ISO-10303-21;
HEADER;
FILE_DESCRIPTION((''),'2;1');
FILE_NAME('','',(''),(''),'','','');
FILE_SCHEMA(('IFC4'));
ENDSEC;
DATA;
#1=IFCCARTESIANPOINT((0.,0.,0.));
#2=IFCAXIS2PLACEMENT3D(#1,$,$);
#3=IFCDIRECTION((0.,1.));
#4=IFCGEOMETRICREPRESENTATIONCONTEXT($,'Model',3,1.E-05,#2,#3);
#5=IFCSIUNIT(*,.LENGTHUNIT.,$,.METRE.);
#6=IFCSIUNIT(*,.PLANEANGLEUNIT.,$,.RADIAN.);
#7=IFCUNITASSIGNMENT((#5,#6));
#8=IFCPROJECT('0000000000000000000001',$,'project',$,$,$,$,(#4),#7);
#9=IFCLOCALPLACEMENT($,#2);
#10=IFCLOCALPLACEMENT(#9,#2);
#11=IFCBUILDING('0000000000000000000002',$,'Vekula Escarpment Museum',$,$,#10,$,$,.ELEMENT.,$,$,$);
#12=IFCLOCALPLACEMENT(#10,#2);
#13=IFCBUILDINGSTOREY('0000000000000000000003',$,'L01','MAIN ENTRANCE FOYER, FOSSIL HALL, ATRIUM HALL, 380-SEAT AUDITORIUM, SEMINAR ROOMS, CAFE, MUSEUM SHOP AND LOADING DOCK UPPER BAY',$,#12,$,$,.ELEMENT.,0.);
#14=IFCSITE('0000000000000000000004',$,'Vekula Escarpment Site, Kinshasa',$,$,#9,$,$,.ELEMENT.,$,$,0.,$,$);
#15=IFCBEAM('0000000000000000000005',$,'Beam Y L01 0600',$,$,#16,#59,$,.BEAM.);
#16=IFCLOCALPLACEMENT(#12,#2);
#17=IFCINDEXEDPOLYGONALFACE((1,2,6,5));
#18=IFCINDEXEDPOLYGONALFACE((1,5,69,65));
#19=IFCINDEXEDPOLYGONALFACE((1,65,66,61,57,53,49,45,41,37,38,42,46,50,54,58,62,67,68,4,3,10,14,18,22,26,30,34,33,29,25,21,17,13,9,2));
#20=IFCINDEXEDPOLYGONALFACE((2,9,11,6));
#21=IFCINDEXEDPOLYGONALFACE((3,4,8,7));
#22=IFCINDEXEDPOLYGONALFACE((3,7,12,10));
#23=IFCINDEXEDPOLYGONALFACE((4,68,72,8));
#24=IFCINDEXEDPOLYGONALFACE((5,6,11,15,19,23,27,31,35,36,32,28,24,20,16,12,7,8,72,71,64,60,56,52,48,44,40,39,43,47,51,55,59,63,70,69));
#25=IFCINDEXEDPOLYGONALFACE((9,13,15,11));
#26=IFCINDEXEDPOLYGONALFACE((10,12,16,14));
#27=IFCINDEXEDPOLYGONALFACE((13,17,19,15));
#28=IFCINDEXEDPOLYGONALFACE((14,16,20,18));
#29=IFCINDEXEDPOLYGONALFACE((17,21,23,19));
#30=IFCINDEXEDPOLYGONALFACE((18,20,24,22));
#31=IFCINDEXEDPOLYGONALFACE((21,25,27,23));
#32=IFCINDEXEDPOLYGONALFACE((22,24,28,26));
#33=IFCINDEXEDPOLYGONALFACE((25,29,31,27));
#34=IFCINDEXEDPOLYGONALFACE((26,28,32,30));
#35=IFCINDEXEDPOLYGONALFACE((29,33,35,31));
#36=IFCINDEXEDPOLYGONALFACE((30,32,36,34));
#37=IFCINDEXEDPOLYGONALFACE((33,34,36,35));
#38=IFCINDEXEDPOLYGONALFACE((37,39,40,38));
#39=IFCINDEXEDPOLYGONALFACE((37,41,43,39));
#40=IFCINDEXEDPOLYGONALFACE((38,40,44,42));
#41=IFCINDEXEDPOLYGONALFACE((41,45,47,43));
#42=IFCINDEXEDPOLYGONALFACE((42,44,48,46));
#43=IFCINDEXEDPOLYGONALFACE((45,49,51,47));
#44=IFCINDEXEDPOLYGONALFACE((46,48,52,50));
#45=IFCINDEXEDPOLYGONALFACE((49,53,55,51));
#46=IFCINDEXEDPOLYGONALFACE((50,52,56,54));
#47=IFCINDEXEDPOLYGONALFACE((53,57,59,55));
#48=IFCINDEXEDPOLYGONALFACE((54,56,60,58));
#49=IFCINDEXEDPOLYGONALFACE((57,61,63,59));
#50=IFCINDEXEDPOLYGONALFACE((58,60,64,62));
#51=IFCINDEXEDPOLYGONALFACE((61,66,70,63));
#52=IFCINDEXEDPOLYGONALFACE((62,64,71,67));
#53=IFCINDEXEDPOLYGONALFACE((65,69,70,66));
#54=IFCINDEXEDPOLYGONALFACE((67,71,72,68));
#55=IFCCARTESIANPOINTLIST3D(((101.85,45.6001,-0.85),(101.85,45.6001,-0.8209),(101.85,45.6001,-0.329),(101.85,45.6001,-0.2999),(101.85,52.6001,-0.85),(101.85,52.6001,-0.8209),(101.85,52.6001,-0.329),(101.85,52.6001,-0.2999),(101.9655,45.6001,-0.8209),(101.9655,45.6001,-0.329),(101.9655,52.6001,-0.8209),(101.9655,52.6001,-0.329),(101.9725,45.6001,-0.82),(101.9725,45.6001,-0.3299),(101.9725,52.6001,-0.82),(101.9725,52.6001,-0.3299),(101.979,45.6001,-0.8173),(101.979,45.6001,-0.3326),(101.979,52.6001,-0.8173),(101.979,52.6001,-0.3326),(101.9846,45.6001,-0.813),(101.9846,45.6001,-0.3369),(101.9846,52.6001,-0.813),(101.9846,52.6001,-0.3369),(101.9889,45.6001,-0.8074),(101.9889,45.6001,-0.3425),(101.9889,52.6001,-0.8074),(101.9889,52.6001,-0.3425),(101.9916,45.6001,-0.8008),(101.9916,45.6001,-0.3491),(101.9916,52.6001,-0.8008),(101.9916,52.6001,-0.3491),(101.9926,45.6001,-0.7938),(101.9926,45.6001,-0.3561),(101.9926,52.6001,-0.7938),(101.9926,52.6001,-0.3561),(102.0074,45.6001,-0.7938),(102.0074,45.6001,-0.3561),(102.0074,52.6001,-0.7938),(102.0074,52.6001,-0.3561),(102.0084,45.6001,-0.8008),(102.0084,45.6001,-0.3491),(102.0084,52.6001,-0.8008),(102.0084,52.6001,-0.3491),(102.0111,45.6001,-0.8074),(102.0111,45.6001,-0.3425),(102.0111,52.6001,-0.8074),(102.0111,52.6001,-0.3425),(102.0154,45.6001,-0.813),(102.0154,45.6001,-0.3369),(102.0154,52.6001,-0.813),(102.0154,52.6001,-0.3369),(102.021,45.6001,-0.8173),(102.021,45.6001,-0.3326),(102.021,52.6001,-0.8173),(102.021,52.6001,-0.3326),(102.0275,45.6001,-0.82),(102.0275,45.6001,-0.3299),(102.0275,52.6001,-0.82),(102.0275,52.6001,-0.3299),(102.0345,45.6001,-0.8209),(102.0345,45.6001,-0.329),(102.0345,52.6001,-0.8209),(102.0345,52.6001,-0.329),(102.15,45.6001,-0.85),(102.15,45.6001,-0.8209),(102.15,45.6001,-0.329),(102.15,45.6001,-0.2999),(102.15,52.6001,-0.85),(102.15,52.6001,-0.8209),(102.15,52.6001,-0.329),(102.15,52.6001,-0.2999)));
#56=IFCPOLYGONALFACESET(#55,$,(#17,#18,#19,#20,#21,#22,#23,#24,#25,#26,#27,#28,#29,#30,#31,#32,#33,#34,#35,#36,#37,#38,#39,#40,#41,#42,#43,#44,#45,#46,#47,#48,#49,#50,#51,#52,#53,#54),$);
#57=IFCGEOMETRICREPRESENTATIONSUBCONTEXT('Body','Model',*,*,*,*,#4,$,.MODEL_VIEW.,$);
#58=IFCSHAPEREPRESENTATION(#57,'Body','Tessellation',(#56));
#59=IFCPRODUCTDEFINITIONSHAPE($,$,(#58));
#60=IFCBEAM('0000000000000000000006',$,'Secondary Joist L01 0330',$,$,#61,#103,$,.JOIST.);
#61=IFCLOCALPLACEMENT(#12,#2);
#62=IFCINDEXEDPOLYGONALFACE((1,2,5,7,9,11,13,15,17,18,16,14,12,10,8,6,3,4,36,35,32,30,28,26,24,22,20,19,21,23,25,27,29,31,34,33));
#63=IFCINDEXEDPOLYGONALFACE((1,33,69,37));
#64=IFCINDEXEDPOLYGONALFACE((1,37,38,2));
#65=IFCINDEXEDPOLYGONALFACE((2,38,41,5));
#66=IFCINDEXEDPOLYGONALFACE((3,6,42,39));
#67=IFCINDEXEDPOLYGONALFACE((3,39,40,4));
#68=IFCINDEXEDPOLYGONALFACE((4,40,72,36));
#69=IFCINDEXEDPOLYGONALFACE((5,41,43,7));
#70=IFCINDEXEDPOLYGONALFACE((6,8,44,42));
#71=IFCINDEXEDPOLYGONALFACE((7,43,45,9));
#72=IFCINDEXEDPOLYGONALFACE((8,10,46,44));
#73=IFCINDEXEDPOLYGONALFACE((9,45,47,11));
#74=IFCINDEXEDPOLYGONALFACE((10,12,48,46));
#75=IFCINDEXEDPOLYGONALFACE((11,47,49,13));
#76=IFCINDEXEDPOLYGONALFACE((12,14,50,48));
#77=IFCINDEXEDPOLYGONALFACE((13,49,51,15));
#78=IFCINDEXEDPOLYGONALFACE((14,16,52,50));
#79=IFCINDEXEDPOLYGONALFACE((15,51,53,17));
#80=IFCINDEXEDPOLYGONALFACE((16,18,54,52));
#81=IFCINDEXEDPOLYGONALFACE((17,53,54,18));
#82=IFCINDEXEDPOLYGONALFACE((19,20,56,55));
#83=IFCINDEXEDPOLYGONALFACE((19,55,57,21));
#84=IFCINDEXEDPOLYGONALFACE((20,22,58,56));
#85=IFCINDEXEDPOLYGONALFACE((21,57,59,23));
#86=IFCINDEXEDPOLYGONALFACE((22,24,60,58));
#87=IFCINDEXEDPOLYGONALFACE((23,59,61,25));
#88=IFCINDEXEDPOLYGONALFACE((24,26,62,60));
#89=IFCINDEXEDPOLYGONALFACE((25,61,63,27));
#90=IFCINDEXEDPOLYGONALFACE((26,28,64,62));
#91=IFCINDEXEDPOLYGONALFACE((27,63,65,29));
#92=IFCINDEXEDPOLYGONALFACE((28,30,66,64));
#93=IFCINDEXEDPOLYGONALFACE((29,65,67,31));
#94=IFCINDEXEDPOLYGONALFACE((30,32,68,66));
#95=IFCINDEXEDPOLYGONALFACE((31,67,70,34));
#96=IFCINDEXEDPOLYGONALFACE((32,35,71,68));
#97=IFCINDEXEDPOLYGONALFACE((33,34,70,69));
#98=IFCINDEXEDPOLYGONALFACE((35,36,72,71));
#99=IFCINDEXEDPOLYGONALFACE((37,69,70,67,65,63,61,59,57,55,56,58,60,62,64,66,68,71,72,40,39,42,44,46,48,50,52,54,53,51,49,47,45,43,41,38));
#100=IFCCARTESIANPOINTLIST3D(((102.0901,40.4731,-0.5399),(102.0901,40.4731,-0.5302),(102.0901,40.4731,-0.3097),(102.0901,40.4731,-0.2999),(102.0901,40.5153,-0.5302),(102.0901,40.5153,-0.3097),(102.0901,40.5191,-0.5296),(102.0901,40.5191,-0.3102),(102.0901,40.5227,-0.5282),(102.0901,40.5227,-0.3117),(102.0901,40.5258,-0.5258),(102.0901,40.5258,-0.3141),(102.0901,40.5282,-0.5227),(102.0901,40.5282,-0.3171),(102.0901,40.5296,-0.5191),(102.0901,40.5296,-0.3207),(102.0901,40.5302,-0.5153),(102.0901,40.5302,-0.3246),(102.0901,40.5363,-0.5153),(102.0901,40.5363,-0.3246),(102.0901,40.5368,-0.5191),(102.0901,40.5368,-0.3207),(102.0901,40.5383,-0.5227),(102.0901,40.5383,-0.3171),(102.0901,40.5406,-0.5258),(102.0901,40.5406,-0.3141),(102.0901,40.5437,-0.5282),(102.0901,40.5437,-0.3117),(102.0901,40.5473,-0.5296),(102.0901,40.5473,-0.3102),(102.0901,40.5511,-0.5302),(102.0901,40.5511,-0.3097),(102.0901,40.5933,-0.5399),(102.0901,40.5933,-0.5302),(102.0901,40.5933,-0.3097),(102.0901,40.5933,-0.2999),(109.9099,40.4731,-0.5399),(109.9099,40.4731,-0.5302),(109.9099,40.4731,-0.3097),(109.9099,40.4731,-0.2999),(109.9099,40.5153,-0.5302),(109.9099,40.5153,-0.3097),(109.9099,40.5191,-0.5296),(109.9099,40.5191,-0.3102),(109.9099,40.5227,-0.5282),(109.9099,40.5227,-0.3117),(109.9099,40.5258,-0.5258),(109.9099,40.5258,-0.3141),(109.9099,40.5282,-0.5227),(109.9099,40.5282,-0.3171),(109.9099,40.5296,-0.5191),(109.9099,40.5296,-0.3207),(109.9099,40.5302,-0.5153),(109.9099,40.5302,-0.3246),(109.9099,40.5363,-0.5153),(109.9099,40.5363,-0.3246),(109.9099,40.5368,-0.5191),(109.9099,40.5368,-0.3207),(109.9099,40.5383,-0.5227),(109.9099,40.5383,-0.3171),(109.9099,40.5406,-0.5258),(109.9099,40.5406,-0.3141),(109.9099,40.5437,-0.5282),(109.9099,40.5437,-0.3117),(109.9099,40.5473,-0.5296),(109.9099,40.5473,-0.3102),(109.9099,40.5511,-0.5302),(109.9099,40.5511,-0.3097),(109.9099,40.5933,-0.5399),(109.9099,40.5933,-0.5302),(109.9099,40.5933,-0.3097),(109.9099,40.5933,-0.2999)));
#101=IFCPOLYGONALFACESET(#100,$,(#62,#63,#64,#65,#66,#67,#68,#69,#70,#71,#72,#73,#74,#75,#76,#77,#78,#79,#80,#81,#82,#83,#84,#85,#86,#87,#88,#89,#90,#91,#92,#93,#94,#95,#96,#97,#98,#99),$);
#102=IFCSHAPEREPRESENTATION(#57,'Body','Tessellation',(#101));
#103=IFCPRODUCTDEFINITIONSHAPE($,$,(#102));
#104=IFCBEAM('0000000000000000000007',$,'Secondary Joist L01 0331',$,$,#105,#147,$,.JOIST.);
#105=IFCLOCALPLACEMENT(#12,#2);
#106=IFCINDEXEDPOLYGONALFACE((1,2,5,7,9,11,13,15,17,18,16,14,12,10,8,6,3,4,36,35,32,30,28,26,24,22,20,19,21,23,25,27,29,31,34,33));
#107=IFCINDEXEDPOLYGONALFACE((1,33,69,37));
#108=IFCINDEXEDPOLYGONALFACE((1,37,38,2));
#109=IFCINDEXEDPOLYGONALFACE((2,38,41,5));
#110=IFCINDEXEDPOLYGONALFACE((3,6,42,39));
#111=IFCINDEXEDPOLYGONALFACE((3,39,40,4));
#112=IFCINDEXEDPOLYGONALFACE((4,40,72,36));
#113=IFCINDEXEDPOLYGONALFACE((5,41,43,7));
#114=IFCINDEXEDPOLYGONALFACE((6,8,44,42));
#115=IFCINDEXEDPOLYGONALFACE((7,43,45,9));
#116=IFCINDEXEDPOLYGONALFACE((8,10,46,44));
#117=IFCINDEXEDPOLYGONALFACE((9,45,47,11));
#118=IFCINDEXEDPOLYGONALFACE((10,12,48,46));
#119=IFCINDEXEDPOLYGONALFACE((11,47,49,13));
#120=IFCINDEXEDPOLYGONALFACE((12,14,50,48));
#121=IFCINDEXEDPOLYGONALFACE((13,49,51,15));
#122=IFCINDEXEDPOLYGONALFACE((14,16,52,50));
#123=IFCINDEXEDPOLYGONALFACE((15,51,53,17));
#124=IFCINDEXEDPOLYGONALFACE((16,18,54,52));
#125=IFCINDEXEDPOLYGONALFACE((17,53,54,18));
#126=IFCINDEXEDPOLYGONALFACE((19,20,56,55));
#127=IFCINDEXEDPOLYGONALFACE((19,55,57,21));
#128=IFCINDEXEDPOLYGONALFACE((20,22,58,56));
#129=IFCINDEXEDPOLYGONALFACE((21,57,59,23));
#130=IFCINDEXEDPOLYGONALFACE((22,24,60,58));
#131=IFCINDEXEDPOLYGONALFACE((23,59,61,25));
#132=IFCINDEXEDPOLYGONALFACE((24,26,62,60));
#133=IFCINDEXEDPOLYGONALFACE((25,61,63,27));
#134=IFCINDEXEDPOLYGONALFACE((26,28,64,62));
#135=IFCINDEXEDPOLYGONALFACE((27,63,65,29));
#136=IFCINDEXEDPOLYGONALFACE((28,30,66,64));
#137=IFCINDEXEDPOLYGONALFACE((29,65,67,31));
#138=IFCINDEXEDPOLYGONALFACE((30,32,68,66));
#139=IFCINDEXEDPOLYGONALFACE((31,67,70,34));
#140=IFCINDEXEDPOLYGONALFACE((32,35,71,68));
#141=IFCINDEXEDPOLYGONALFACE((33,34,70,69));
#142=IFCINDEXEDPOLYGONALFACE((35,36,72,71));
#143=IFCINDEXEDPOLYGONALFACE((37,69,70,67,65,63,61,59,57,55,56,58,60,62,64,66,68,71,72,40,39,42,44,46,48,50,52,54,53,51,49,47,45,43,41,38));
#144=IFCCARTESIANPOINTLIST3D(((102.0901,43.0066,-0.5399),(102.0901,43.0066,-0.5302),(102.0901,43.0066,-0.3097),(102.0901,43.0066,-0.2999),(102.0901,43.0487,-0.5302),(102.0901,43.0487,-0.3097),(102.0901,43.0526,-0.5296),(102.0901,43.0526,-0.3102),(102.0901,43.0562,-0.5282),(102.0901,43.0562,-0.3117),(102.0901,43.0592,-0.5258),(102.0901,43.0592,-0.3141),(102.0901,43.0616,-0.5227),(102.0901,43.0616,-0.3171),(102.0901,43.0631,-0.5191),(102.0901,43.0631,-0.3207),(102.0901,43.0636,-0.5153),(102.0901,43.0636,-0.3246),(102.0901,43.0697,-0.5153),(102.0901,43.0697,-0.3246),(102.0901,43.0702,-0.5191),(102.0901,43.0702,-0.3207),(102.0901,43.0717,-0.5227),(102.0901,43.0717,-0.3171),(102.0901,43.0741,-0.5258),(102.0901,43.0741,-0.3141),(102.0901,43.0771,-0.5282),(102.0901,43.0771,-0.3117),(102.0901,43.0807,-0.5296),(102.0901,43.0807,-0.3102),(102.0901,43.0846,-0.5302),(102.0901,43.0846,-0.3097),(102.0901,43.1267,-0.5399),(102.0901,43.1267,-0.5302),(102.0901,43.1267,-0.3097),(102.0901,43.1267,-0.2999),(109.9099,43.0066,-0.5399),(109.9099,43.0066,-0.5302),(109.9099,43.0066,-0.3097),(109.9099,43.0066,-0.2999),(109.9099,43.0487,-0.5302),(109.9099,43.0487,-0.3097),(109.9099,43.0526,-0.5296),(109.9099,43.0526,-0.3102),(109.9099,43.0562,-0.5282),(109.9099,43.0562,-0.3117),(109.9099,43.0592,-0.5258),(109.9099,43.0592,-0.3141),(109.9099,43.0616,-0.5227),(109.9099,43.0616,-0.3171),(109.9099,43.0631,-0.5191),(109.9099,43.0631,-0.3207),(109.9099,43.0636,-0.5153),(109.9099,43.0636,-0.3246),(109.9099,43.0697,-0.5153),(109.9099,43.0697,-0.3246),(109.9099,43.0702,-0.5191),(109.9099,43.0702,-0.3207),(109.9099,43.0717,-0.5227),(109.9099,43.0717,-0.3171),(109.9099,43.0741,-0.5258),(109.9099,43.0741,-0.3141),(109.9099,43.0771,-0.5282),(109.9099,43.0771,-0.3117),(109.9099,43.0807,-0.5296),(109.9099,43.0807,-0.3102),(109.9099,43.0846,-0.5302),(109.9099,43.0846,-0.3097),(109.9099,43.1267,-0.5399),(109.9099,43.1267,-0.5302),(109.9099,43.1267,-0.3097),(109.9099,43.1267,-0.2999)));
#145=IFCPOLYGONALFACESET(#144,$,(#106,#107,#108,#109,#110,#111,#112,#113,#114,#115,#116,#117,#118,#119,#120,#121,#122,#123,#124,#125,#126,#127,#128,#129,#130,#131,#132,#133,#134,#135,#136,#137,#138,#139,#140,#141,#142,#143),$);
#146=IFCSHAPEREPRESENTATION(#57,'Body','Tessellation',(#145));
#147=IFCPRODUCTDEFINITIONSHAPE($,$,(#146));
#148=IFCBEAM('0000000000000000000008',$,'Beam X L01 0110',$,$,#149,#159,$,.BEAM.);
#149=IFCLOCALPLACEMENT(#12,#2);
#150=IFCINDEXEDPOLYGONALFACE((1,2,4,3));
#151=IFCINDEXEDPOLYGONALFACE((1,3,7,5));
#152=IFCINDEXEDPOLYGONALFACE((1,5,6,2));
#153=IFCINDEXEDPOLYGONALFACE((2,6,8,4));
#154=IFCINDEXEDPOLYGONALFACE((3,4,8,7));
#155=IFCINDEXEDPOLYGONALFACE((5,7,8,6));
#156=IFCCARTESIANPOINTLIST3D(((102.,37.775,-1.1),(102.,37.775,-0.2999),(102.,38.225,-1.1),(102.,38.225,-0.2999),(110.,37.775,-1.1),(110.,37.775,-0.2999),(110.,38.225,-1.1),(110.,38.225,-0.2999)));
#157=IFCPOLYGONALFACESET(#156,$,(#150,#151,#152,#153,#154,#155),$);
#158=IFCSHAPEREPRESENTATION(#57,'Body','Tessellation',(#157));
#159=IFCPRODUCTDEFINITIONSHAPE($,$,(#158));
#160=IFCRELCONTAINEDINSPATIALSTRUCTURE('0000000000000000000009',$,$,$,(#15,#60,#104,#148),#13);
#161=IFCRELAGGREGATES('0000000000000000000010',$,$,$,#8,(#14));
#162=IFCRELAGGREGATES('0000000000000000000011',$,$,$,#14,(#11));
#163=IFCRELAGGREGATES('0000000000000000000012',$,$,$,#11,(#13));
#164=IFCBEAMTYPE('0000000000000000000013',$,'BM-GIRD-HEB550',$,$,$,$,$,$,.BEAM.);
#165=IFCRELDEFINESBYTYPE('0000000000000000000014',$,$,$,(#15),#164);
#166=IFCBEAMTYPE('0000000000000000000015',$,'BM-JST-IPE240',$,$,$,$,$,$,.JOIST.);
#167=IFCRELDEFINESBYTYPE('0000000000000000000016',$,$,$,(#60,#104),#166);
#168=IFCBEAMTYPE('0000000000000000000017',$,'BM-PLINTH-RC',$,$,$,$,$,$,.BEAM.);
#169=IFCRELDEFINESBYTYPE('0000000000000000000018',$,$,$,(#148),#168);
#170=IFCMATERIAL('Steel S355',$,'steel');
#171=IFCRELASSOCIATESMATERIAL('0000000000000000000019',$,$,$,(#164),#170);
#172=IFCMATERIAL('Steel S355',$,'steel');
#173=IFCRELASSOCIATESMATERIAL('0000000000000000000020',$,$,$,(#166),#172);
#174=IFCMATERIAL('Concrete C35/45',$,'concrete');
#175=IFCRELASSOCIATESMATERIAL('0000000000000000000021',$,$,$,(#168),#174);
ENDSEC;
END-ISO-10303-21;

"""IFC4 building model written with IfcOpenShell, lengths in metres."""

from ifc_helpers import new_model, si_unit, direction, frame, origin, origin_2d, place, context, subcontext, project, spatial, rectangle, i_section, extrude, material, material_profile, profile_set, type_object, element, save


model = new_model("IFC4")

# Units and contexts
model_context = context("Model", 3, precision=1e-05, world=origin(), true_north=direction((0.0, 1.0)))
body_context = subcontext(model_context, "Body", "Model", "MODEL_VIEW")
ifc_project = project(units=[si_unit("LENGTHUNIT", "METRE"), si_unit("PLANEANGLEUNIT", "RADIAN")], contexts=[model_context])

# Site, building, storey
site_placement = place(None, origin())
site = spatial("IfcSite", under=ifc_project, at=site_placement, Name="Vekula Escarpment Site, Kinshasa", CompositionType="ELEMENT", RefElevation=0.0)
building_placement = place(site_placement, origin())
building = spatial("IfcBuilding", under=site, at=building_placement, Name="Vekula Escarpment Museum", CompositionType="ELEMENT")
storey_placement = place(building_placement, origin())
storey = spatial("IfcBuildingStorey", under=building, at=storey_placement, Name="L01", Description="MAIN ENTRANCE FOYER, FOSSIL HALL, ATRIUM HALL, 380-SEAT AUDITORIUM, SEMINAR ROOMS, CAFE, MUSEUM SHOP AND LOADING DOCK UPPER BAY", CompositionType="ELEMENT", Elevation=0.0)

# Beams
ifc_material_1 = material(Name="Steel S355", Category="steel")
ifc_material_profile_1 = material_profile(ifc_material_1, i_section(OverallWidth=0.3, OverallDepth=0.55, WebThickness=0.0149, FlangeThickness=0.0291, FilletRadius=0.0271, at=origin_2d()), Name="HEB 550")
ifc_profile_set_1 = profile_set([ifc_material_profile_1], Name="Steel S355")
beam_type_1 = type_object("IfcBeamType", Name="BM-GIRD-HEB550", PredefinedType="BEAM", material=ifc_profile_set_1)
beam_1_placement = place(storey_placement, frame((102.0, 45.6001, -0.575), z_axis=(0.0, 1.0, 0.0), x_axis=(-1.0, 0.0, 0.0)))
element("IfcBeam", 1, at=beam_1_placement, inside=storey, type_object=beam_type_1, Name="Beam Y L01 0600", PredefinedType="BEAM", context=body_context, shape_type="SweptSolid", body=[
    extrude(i_section(OverallWidth=0.3, OverallDepth=0.55, WebThickness=0.0149, FlangeThickness=0.0291, FilletRadius=0.0271, at=origin_2d()), origin(), (0.0, 0.0, 1.0), 7.0),
])
ifc_material_2 = material(Name="Steel S355", Category="steel")
ifc_material_profile_2 = material_profile(ifc_material_2, i_section(OverallWidth=0.1201, OverallDepth=0.24, WebThickness=0.0061, FlangeThickness=0.0098, FilletRadius=0.0149, at=origin_2d()), Name="IPE 240")
ifc_profile_set_2 = profile_set([ifc_material_profile_2], Name="Steel S355")
beam_type_2 = type_object("IfcBeamType", Name="BM-JST-IPE240", PredefinedType="JOIST", material=ifc_profile_set_2)
for number, where, z_axis, x_axis, name in (
    (2, (102.0901, 40.5332, -0.4199), (1.0, 0.0, 0.0), (0.0, 1.0, 0.0), "Secondary Joist L01 0330"),
    (3, (102.0901, 43.0667, -0.4199), (1.0, 0.0, 0.0), (0.0, 1.0, 0.0), "Secondary Joist L01 0331"),
):
    element("IfcBeam", number, at=place(storey_placement, frame(where, z_axis=z_axis, x_axis=x_axis)), inside=storey, type_object=beam_type_2, Name=name, PredefinedType="JOIST", context=body_context, shape_type="SweptSolid", body=[
        extrude(i_section(OverallWidth=0.1201, OverallDepth=0.24, WebThickness=0.0061, FlangeThickness=0.0098, FilletRadius=0.0149, at=origin_2d()), origin(), (0.0, 0.0, 1.0), 7.8198),
    ])
ifc_material_3 = material(Name="Concrete C35/45", Category="concrete")
ifc_material_profile_3 = material_profile(ifc_material_3, rectangle(XDim=0.45, YDim=0.8, at=origin_2d()), Name="RC 450x800")
ifc_profile_set_3 = profile_set([ifc_material_profile_3], Name="Concrete C35/45")
beam_type_3 = type_object("IfcBeamType", Name="BM-PLINTH-RC", PredefinedType="BEAM", material=ifc_profile_set_3)
beam_2_placement = place(storey_placement, frame((102.0, 38.0, -0.7), z_axis=(1.0, 0.0, 0.0), x_axis=(0.0, 1.0, 0.0)))
element("IfcBeam", 4, at=beam_2_placement, inside=storey, type_object=beam_type_3, Name="Beam X L01 0110", PredefinedType="BEAM", context=body_context, shape_type="SweptSolid", body=[
    extrude(rectangle(XDim=0.45, YDim=0.8, at=origin_2d()), origin(), (0.0, 0.0, 1.0), 8.0),
])

save(model, "model.ifc")
